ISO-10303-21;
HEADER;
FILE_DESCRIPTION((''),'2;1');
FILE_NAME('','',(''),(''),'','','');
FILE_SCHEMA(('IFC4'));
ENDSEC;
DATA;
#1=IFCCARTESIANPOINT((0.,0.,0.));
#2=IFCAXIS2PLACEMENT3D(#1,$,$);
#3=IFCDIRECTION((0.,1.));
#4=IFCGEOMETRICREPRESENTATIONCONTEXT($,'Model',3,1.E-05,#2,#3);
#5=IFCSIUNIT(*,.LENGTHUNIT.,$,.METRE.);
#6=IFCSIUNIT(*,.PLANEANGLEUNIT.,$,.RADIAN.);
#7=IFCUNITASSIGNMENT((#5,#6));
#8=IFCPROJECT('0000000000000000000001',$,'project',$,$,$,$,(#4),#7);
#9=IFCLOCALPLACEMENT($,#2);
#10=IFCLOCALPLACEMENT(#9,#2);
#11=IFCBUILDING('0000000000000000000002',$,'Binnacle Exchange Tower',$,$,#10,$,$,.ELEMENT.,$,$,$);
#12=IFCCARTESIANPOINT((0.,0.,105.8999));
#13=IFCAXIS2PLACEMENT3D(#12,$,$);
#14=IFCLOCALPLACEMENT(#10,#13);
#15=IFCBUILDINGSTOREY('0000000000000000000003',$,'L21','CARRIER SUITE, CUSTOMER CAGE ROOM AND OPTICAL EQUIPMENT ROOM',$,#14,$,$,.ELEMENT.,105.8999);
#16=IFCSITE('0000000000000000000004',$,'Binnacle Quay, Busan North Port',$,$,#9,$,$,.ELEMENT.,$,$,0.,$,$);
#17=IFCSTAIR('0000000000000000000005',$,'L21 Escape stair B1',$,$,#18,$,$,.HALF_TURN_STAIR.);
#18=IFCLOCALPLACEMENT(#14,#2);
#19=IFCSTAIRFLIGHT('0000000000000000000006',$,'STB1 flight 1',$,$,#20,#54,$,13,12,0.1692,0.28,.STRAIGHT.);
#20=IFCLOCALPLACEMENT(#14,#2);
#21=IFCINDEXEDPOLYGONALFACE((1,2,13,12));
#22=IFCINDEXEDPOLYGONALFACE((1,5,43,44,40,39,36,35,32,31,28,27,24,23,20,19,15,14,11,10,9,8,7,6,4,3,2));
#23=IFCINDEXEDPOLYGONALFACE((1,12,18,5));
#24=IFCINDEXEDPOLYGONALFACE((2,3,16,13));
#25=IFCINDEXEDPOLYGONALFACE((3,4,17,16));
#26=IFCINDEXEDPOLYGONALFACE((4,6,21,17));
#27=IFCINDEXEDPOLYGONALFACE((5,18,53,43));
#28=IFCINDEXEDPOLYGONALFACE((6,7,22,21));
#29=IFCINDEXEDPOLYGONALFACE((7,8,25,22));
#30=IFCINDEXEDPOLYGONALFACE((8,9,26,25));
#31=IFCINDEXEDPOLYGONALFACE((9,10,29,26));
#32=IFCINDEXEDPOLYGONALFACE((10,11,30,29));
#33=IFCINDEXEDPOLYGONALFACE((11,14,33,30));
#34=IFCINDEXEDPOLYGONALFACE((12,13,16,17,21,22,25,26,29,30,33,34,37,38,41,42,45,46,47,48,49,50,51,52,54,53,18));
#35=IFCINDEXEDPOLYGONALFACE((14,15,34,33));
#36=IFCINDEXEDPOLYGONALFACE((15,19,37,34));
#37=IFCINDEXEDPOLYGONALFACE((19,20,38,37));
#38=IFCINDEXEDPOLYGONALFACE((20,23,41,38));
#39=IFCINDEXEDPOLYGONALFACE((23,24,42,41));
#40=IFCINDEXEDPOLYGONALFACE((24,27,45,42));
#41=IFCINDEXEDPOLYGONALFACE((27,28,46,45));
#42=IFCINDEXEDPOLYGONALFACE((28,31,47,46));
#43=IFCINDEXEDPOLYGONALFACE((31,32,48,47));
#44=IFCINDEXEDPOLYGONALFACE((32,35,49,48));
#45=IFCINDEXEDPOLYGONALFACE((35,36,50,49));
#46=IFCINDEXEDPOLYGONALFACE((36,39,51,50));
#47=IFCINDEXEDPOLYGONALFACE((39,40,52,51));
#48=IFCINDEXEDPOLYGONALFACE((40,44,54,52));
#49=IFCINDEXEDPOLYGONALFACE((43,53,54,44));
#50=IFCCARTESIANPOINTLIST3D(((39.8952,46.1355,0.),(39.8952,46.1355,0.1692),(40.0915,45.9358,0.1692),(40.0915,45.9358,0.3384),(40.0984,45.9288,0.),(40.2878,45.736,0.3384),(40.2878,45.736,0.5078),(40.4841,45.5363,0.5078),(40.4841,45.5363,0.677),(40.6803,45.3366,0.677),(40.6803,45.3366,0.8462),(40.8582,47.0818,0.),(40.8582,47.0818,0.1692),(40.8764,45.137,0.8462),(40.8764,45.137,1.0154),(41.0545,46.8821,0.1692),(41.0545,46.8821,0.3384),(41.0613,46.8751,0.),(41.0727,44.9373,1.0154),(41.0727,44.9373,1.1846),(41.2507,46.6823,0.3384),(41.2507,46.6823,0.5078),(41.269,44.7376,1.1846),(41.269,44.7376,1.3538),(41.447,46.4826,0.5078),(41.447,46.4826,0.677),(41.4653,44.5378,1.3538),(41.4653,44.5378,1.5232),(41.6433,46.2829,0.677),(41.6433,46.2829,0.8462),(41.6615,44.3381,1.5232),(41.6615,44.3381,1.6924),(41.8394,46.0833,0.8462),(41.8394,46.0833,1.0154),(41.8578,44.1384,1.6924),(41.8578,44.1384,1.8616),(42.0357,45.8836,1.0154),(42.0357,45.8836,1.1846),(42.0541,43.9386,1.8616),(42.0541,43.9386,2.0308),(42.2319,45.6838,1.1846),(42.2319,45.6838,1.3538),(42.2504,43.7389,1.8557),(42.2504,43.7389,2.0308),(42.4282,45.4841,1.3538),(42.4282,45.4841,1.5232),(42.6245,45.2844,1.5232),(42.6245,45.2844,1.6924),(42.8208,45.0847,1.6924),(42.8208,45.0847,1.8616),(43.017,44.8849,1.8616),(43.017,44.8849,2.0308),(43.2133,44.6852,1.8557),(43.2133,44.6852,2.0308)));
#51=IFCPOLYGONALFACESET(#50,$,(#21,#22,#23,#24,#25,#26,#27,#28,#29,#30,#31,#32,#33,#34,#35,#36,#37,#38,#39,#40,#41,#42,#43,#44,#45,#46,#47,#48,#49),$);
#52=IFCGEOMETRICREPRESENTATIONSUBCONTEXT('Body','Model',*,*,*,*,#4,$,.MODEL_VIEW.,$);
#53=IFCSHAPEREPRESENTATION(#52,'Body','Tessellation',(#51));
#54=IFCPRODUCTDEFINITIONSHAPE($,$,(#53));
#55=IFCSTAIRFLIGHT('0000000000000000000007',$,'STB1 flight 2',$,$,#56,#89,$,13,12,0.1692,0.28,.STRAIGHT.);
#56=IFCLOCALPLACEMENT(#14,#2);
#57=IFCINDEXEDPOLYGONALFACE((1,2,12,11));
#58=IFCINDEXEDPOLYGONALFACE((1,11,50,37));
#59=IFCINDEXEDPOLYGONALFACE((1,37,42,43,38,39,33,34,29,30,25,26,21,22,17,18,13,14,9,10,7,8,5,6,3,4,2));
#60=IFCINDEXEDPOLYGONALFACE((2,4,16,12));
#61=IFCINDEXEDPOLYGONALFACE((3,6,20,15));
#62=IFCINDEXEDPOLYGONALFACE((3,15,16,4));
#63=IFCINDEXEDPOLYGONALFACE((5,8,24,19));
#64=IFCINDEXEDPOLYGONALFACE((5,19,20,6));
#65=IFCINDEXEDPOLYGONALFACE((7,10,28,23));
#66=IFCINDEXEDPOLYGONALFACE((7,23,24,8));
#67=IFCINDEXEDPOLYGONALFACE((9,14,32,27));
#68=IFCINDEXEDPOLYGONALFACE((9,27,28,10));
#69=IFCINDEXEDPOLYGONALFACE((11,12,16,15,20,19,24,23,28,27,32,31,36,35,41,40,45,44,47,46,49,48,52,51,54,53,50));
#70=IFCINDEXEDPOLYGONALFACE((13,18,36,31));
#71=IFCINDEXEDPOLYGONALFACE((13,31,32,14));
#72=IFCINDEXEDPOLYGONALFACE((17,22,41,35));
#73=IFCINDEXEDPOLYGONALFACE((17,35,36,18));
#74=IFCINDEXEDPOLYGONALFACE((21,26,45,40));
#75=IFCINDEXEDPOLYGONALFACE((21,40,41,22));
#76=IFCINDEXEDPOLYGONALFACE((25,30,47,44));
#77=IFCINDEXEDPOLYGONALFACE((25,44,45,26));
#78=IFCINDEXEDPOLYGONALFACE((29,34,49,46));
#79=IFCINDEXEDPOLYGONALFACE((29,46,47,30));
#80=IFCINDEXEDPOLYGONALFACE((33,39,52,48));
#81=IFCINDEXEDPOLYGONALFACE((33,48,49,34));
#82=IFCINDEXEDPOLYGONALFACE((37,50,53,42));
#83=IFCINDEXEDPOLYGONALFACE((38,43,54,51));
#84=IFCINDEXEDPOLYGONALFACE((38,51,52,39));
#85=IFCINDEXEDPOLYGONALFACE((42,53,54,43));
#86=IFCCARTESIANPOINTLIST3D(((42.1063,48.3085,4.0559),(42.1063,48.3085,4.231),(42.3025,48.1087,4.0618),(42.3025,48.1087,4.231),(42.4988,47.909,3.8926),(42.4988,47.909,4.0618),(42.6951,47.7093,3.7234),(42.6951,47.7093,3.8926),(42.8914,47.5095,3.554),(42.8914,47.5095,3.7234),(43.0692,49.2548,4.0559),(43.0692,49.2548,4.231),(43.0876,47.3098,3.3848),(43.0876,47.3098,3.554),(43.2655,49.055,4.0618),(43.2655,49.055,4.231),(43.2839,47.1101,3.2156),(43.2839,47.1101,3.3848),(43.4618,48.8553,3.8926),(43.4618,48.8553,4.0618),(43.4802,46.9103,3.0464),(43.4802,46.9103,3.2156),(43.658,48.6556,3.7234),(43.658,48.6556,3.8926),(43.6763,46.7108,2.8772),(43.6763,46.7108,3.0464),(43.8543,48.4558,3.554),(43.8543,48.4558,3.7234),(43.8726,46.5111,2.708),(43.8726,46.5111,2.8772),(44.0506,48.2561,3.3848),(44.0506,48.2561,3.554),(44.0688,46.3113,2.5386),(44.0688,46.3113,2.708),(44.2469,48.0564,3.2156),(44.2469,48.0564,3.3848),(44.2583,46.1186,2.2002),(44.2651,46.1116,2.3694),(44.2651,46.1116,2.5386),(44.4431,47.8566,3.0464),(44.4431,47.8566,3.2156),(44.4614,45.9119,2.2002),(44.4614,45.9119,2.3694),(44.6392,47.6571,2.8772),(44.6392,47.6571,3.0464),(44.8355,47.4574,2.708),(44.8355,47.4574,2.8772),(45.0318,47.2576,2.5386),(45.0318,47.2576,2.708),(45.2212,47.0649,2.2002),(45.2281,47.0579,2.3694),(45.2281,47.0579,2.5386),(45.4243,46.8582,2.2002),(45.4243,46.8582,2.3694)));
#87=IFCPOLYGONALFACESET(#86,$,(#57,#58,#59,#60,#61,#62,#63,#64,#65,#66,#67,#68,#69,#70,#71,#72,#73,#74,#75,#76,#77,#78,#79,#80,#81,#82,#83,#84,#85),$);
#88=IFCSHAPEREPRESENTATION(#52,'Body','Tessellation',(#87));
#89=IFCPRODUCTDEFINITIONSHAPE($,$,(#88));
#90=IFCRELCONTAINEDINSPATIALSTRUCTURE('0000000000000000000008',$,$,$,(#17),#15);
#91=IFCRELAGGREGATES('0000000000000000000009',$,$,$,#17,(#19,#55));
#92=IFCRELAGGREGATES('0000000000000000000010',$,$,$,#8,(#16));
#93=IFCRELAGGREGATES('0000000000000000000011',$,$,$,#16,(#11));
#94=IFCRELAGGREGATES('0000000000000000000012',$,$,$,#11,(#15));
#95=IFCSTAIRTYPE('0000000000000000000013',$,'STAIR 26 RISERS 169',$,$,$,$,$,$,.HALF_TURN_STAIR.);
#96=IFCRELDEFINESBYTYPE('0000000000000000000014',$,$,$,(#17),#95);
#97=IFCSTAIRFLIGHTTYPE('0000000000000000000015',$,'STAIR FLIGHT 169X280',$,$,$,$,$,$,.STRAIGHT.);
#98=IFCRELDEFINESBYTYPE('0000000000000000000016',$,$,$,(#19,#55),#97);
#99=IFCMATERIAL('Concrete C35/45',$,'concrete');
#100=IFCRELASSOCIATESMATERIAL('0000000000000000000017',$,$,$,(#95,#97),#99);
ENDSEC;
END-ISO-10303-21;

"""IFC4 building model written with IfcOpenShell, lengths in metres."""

from ifc_helpers import new_model, si_unit, direction, frame, origin, place, context, subcontext, project, spatial, polyline, outline, extrude, material, type_object, element, aggregate, save


model = new_model("IFC4")

# Units and contexts
model_context = context("Model", 3, precision=1e-05, world=origin(), true_north=direction((0.0, 1.0)))
body_context = subcontext(model_context, "Body", "Model", "MODEL_VIEW")
ifc_project = project(units=[si_unit("LENGTHUNIT", "METRE"), si_unit("PLANEANGLEUNIT", "RADIAN")], contexts=[model_context])

# Site, building, storey
site_placement = place(None, origin())
site = spatial("IfcSite", under=ifc_project, at=site_placement, Name="Binnacle Quay, Busan North Port", CompositionType="ELEMENT", RefElevation=0.0)
building_placement = place(site_placement, origin())
building = spatial("IfcBuilding", under=site, at=building_placement, Name="Binnacle Exchange Tower", CompositionType="ELEMENT")
storey_placement = place(building_placement, frame((0.0, 0.0, 105.8999)))
storey = spatial("IfcBuildingStorey", under=building, at=storey_placement, Name="L21", Description="CARRIER SUITE, CUSTOMER CAGE ROOM AND OPTICAL EQUIPMENT ROOM", CompositionType="ELEMENT", Elevation=105.8999)

# Stair, stair flights
ifc_material_1 = material(Name="Concrete C35/45", Category="concrete")
stair_type = type_object("IfcStairType", Name="STAIR 26 RISERS 169", PredefinedType="HALF_TURN_STAIR", material=ifc_material_1)
stair_placement = place(storey_placement, origin())
stair = element("IfcStair", 1, at=stair_placement, inside=storey, type_object=stair_type, Name="L21 Escape stair B1", PredefinedType="HALF_TURN_STAIR")
stair_flight_type = type_object("IfcStairFlightType", Name="STAIR FLIGHT 169X280", PredefinedType="STRAIGHT", material=ifc_material_1)
stair_flight_1_placement = place(storey_placement, frame((40.3767, 46.6086, 0.0), z_axis=(0.0, 0.0, 1.0), x_axis=(0.700909, -0.71325, 0.0)))
stair_flight_1 = element("IfcStairFlight", 2, at=stair_flight_1_placement, type_object=stair_flight_type, Name="STB1 flight 1", NumberOfRisers=13, NumberOfTreads=12, PredefinedType="STRAIGHT", RiserHeight=0.1692, TreadLength=0.28, context=body_context, shape_type="SweptSolid", body=[
    extrude(outline(polyline([(0.0, 0.0), (0.0, 0.1692), (0.28, 0.1692), (0.28, 0.3384), (0.5601, 0.3384), (0.5601, 0.5078), (0.8401, 0.5078), (0.8401, 0.677), (1.1201, 0.677), (1.1201, 0.8462), (1.3999, 0.8462), (1.3999, 1.0154), (1.6799, 1.0154), (1.6799, 1.1846), (1.96, 1.1846), (1.96, 1.3538), (2.24, 1.3538), (2.24, 1.5232), (2.52, 1.5232), (2.52, 1.6924), (2.8, 1.6924), (2.8, 1.8616), (3.0801, 1.8616), (3.0801, 2.0308), (3.3601, 2.0308), (3.3601, 2.2), (3.3601, 1.8557), (0.2898, 0.0), (0.0, 0.0)])), frame((0.0, 0.675, 0.0), z_axis=(0.0, -1.0, 0.0), x_axis=(1.0, 0.0, 0.0)), (0.0, 0.0, 1.0), 1.3501),
])
stair_flight_2_placement = place(storey_placement, frame((44.9429, 46.385, 2.2002), z_axis=(0.0, 0.0, 1.0), x_axis=(-0.700909, 0.71325, 0.0)))
stair_flight_2 = element("IfcStairFlight", 3, at=stair_flight_2_placement, type_object=stair_flight_type, Name="STB1 flight 2", NumberOfRisers=13, NumberOfTreads=12, PredefinedType="STRAIGHT", RiserHeight=0.1692, TreadLength=0.28, context=body_context, shape_type="SweptSolid", body=[
    extrude(outline(polyline([(0.0, 0.0), (0.0, 0.1692), (0.28, 0.1692), (0.28, 0.3384), (0.5601, 0.3384), (0.5601, 0.5078), (0.8401, 0.5078), (0.8401, 0.677), (1.1201, 0.677), (1.1201, 0.8462), (1.3999, 0.8462), (1.3999, 1.0154), (1.6799, 1.0154), (1.6799, 1.1846), (1.96, 1.1846), (1.96, 1.3538), (2.24, 1.3538), (2.24, 1.5232), (2.52, 1.5232), (2.52, 1.6924), (2.8, 1.6924), (2.8, 1.8616), (3.0801, 1.8616), (3.0801, 2.0308), (3.3601, 2.0308), (3.3601, 2.2), (3.3601, 1.8557), (0.2898, 0.0), (0.0, 0.0)])), frame((0.0, 0.675, 0.0), z_axis=(0.0, -1.0, 0.0), x_axis=(1.0, 0.0, 0.0)), (0.0, 0.0, 1.0), 1.3501),
])
aggregate(stair, [stair_flight_1, stair_flight_2])

save(model, "model.ifc")
